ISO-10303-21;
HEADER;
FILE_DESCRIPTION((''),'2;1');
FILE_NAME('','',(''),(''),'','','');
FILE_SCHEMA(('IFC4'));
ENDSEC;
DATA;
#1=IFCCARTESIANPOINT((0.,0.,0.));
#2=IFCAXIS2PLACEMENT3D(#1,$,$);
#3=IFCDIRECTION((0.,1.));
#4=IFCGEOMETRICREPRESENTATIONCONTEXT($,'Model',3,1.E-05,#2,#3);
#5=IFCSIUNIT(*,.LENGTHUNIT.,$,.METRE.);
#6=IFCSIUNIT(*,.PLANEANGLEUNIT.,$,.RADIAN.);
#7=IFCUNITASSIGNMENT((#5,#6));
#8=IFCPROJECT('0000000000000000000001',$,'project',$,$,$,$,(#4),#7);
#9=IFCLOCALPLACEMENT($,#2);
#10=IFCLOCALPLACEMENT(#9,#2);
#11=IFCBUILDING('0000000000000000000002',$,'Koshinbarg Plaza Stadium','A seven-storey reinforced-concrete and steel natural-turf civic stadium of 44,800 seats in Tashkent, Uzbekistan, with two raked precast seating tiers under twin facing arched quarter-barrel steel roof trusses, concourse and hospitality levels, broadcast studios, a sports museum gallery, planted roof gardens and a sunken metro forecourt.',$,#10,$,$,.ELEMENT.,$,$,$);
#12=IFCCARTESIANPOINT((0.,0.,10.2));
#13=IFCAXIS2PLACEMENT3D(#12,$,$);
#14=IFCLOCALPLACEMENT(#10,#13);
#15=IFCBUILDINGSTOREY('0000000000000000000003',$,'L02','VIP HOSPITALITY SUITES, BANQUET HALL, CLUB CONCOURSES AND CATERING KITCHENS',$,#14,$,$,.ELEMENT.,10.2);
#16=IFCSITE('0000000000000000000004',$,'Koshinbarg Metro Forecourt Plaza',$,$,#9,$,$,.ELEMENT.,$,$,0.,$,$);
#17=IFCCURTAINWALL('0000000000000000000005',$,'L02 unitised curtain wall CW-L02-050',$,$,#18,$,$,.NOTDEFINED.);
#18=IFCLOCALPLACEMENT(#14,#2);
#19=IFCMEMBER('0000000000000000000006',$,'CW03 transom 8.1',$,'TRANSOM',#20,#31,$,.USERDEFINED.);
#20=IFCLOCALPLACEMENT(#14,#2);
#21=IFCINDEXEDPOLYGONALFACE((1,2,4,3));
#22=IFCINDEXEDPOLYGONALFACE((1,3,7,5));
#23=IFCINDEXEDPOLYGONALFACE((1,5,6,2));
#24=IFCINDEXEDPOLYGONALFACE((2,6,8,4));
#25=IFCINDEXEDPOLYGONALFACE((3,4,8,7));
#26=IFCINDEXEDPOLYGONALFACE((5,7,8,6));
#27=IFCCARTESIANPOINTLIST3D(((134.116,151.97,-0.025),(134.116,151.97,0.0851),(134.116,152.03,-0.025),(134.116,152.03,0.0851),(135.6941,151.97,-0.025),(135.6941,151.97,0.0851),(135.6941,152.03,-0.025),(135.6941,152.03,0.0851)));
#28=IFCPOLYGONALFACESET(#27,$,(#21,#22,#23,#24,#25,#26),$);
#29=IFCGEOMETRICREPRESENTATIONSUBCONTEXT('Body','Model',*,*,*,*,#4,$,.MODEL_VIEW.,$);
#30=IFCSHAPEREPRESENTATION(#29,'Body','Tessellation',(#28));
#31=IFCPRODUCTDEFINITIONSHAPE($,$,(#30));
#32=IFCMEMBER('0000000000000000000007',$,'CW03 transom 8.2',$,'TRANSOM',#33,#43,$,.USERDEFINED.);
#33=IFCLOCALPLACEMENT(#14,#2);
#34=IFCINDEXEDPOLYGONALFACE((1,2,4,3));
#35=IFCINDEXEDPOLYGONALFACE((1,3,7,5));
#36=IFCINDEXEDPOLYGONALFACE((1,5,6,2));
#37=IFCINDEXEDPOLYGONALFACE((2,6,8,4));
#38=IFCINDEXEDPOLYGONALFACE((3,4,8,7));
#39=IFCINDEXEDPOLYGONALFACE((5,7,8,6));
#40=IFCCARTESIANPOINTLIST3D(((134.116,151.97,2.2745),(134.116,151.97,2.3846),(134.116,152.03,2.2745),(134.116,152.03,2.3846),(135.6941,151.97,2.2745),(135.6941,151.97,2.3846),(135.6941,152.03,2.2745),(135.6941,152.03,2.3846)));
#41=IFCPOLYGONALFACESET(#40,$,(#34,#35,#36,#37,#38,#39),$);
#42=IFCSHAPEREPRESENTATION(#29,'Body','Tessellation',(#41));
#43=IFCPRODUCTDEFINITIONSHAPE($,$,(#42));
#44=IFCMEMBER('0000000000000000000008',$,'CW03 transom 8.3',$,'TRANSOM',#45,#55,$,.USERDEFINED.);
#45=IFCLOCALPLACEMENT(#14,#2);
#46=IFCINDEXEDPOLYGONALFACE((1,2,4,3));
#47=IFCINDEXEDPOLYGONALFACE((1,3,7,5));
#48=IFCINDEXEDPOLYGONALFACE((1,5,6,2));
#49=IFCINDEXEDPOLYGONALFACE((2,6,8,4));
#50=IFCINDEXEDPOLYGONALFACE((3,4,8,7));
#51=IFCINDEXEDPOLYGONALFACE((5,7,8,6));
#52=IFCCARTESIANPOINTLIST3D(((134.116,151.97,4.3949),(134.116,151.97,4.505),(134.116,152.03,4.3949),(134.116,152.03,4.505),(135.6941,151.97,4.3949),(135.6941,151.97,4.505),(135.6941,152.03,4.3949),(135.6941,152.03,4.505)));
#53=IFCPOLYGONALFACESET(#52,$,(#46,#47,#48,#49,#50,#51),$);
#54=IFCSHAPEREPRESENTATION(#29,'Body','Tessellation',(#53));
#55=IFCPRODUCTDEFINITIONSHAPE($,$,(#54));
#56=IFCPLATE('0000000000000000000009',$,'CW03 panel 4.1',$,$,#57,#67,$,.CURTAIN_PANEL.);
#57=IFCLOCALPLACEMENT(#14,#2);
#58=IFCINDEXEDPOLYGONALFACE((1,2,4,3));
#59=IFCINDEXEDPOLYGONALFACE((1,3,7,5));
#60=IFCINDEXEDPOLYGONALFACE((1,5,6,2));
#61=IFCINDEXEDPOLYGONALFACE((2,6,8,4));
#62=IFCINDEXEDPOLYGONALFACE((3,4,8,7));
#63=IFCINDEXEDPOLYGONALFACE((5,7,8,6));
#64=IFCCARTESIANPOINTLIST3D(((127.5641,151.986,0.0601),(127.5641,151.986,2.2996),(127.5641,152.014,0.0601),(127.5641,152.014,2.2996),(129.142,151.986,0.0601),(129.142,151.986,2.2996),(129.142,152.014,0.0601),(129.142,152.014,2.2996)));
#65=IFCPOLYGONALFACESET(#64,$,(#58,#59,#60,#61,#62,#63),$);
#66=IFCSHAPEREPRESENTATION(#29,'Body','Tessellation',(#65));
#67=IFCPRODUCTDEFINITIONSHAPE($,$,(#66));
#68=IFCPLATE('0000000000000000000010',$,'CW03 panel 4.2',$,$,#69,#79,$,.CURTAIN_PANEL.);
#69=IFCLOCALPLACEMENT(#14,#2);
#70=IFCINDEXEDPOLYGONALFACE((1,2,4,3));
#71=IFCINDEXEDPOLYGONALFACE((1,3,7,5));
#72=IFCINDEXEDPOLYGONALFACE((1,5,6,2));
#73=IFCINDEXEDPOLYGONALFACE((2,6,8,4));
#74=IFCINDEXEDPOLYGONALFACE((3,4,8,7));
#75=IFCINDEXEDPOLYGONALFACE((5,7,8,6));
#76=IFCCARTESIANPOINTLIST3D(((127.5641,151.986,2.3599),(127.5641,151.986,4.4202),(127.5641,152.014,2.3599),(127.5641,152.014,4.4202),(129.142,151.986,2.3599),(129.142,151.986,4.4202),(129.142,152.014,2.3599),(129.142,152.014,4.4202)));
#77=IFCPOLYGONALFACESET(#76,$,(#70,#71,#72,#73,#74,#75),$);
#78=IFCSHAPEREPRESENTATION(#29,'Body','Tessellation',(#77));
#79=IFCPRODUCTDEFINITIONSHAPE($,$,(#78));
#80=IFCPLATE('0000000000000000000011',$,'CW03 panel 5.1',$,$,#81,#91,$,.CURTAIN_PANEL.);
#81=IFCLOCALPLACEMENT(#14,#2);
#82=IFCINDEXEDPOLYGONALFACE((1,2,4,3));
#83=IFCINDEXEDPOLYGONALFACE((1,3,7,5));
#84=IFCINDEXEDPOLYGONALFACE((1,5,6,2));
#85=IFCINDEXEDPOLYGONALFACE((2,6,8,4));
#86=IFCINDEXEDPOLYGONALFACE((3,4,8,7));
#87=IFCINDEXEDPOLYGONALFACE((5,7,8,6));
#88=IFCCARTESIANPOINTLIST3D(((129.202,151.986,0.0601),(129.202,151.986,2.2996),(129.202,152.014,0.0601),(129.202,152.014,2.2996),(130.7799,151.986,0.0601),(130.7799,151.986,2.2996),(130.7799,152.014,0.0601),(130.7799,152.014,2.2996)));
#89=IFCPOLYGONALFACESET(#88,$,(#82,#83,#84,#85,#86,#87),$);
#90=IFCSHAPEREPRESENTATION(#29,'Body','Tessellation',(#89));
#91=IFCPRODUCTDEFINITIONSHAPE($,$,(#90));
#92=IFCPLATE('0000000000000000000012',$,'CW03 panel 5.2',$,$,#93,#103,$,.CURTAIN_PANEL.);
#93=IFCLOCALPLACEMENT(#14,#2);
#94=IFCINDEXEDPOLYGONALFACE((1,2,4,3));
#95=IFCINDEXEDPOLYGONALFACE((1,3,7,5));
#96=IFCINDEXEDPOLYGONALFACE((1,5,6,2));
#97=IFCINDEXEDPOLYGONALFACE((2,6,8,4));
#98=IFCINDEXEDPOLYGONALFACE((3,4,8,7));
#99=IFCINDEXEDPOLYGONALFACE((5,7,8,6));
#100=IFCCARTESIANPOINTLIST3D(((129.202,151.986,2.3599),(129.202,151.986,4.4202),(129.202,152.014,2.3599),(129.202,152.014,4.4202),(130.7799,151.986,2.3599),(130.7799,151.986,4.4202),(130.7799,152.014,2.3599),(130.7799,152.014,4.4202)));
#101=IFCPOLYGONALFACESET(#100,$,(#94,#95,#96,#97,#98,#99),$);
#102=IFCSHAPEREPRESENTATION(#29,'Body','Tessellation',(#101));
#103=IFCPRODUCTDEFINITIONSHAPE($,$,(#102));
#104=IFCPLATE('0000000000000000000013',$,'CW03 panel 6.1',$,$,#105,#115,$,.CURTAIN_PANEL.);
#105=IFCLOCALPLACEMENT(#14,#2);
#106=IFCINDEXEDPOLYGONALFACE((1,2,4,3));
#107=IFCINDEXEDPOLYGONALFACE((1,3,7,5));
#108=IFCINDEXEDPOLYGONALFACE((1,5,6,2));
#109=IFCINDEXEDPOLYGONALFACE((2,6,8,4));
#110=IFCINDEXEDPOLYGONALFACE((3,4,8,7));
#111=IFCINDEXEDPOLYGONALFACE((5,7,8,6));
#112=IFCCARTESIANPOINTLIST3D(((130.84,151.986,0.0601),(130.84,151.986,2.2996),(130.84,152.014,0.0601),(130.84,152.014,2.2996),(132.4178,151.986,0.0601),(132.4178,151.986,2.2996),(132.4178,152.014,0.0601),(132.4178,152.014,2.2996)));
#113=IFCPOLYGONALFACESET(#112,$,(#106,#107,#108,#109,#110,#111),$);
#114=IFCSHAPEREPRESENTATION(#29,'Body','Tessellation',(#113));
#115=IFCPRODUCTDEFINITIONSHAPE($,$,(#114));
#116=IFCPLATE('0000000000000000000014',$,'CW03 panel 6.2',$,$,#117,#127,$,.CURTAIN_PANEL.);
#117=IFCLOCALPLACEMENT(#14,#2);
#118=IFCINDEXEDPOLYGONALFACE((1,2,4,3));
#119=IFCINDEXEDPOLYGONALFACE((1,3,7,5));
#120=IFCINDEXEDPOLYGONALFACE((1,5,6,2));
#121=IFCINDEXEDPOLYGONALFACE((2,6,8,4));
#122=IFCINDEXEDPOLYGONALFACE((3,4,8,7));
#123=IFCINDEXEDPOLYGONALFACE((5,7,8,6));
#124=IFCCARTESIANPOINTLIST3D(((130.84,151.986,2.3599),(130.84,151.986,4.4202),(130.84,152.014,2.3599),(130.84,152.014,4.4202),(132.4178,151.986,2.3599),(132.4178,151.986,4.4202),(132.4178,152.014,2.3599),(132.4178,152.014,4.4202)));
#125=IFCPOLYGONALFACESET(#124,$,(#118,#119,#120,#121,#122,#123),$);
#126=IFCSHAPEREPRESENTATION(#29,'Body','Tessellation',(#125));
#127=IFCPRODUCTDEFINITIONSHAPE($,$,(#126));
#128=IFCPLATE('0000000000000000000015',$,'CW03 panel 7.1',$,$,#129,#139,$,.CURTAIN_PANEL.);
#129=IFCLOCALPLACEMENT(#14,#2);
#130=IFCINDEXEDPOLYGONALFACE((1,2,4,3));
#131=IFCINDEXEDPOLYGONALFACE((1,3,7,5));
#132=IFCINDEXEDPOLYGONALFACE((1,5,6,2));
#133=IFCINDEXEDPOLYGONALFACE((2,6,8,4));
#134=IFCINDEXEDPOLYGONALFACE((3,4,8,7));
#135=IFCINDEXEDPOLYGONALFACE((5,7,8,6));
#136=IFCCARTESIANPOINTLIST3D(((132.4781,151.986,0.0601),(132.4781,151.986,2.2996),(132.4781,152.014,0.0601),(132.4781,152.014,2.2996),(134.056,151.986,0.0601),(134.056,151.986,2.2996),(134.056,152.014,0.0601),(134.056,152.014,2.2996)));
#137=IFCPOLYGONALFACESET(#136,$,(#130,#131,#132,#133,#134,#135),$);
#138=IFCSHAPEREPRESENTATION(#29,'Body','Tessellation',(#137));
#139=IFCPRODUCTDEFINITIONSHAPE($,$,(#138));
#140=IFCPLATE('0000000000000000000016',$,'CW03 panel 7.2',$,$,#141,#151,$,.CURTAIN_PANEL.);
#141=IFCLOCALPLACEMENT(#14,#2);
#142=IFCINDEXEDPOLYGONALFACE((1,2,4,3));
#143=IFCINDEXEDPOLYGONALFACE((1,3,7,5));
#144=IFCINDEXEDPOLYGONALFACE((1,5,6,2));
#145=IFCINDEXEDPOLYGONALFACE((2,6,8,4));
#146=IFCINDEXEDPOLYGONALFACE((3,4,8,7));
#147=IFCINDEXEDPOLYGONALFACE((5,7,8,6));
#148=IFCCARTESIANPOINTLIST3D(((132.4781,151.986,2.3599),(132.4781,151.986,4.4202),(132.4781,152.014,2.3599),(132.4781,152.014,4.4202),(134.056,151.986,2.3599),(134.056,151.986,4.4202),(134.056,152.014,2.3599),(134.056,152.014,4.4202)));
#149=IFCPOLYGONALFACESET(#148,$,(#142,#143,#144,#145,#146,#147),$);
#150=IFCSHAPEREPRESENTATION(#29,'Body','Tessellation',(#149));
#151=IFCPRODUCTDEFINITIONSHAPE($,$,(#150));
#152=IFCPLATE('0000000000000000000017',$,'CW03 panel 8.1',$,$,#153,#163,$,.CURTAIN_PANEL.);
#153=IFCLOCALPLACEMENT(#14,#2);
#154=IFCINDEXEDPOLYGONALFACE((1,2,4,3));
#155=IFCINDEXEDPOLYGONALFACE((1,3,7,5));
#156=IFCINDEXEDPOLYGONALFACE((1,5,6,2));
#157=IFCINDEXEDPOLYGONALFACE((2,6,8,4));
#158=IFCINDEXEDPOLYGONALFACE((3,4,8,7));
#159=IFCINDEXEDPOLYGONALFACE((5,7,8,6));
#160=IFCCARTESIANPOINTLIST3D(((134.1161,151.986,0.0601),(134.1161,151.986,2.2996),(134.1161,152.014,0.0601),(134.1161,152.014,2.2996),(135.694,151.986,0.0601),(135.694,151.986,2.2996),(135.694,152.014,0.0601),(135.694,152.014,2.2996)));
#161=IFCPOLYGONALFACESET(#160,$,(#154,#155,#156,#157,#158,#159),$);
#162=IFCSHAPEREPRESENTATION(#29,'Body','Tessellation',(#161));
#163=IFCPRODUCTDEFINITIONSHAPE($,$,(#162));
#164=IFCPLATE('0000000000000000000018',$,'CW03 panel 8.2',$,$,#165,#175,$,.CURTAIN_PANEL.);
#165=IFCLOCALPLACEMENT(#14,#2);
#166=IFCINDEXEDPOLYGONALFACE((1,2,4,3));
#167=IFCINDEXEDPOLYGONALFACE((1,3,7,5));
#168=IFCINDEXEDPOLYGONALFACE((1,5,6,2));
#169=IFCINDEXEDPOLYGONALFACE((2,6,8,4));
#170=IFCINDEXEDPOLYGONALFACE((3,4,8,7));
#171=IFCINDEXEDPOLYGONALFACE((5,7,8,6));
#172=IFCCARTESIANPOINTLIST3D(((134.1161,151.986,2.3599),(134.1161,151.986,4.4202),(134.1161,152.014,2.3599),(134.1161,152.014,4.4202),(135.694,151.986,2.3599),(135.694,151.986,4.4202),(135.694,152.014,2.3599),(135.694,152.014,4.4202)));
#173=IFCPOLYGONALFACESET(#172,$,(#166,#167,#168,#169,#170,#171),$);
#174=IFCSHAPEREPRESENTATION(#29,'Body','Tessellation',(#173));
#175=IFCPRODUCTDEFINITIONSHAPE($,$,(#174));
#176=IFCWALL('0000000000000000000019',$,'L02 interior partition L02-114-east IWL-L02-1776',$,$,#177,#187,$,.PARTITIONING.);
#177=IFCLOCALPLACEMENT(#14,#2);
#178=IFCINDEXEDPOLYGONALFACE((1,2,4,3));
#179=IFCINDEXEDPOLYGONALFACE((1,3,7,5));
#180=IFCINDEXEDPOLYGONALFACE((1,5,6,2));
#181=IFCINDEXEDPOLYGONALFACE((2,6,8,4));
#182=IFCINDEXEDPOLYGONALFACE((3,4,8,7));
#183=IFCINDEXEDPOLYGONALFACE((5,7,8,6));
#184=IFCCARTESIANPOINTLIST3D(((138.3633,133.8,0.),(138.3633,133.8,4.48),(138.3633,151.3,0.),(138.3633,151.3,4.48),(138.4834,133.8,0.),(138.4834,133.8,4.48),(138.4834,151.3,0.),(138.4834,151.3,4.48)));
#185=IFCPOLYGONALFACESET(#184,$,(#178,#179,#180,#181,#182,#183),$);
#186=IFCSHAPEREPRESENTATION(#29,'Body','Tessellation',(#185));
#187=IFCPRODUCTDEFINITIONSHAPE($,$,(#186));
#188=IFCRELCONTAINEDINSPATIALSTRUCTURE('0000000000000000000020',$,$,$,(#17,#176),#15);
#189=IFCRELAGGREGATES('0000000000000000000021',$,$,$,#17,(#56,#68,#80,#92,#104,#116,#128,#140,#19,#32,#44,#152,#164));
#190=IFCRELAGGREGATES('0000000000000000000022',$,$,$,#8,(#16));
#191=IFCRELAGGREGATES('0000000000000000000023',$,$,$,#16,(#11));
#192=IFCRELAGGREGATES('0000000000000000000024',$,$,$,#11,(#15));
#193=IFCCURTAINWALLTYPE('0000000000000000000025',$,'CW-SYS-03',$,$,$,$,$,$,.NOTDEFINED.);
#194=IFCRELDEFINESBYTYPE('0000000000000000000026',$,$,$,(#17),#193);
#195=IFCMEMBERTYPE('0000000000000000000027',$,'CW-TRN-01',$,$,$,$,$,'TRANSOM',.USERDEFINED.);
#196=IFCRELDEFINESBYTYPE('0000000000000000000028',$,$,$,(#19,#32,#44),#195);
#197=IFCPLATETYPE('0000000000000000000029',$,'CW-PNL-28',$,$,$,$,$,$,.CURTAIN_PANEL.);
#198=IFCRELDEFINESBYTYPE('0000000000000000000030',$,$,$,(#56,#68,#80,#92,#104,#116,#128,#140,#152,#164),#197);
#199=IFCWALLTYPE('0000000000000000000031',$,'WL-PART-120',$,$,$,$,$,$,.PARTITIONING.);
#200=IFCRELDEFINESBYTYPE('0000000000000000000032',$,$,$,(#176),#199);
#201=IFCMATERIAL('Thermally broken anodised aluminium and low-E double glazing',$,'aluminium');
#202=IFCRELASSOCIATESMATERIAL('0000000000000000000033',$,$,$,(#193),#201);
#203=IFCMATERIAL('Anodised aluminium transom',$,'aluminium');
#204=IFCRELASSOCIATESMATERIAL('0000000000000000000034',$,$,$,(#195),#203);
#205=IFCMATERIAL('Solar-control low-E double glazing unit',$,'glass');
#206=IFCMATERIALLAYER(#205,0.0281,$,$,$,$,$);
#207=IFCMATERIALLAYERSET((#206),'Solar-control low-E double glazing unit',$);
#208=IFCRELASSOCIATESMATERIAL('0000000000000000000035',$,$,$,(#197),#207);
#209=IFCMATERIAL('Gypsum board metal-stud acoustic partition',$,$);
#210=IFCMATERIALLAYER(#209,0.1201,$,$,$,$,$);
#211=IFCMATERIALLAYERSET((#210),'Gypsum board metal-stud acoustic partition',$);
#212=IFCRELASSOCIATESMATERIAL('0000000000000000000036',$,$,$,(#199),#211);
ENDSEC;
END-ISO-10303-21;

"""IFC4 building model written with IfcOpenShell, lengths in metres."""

from ifc_helpers import new_model, si_unit, direction, frame, frame_2d, origin, origin_2d, place, context, subcontext, project, spatial, rectangle, extrude, material, layer, layer_set, material_profile, profile_set, type_object, element, aggregate, save


model = new_model("IFC4")

# Units and contexts
model_context = context("Model", 3, precision=1e-05, world=origin(), true_north=direction((0.0, 1.0)))
body_context = subcontext(model_context, "Body", "Model", "MODEL_VIEW")
ifc_project = project(units=[si_unit("LENGTHUNIT", "METRE"), si_unit("PLANEANGLEUNIT", "RADIAN")], contexts=[model_context])

# Site, building, storey
site_placement = place(None, origin())
site = spatial("IfcSite", under=ifc_project, at=site_placement, Name="Koshinbarg Metro Forecourt Plaza", CompositionType="ELEMENT", RefElevation=0.0)
building_placement = place(site_placement, origin())
building = spatial("IfcBuilding", under=site, at=building_placement, Name="Koshinbarg Plaza Stadium", Description="A seven-storey reinforced-concrete and steel natural-turf civic stadium of 44,800 seats in Tashkent, Uzbekistan, with two raked precast seating tiers under twin facing arched quarter-barrel steel roof trusses, concourse and hospitality levels, broadcast studios, a sports museum gallery, planted roof gardens and a sunken metro forecourt.", CompositionType="ELEMENT")
storey_placement = place(building_placement, frame((0.0, 0.0, 10.2)))
storey = spatial("IfcBuildingStorey", under=building, at=storey_placement, Name="L02", Description="VIP HOSPITALITY SUITES, BANQUET HALL, CLUB CONCOURSES AND CATERING KITCHENS", CompositionType="ELEMENT", Elevation=10.2)

# Curtain wall, members, plates
ifc_material_1 = material(Name="Thermally broken anodised aluminium and low-E double glazing", Category="aluminium")
curtain_wall_type = type_object("IfcCurtainWallType", Name="CW-SYS-03", PredefinedType="NOTDEFINED", material=ifc_material_1)
curtain_wall_placement = place(storey_placement, origin())
curtain_wall = element("IfcCurtainWall", 1, at=curtain_wall_placement, inside=storey, type_object=curtain_wall_type, Name="L02 unitised curtain wall CW-L02-050", PredefinedType="NOTDEFINED")
ifc_material_2 = material(Name="Anodised aluminium transom", Category="aluminium")
ifc_material_profile_1 = material_profile(ifc_material_2, rectangle(XDim=0.0601, YDim=0.1101, at=origin_2d()), Name="ALU 60x110")
ifc_profile_set_1 = profile_set([ifc_material_profile_1], Name="Anodised aluminium transom")
member_type_1 = type_object("IfcMemberType", Name="CW-TRN-01", ElementType="TRANSOM", PredefinedType="USERDEFINED", material=ifc_profile_set_1)
member_1_placement = place(storey_placement, frame((134.116, 152.0, 0.03), z_axis=(1.0, 0.0, 0.0), x_axis=(0.0, 1.0, 0.0)))
member_1 = element("IfcMember", 2, at=member_1_placement, type_object=member_type_1, Name="CW03 transom 8.1", ObjectType="TRANSOM", PredefinedType="USERDEFINED", context=body_context, shape_type="SweptSolid", body=[
    extrude(rectangle(XDim=0.0601, YDim=0.1101, at=origin_2d()), origin(), (0.0, 0.0, 1.0), 1.5781),
])
member_2_placement = place(storey_placement, frame((134.116, 152.0, 2.3296), z_axis=(1.0, 0.0, 0.0), x_axis=(0.0, 1.0, 0.0)))
member_2 = element("IfcMember", 3, at=member_2_placement, type_object=member_type_1, Name="CW03 transom 8.2", ObjectType="TRANSOM", PredefinedType="USERDEFINED", context=body_context, shape_type="SweptSolid", body=[
    extrude(rectangle(XDim=0.0601, YDim=0.1101, at=origin_2d()), origin(), (0.0, 0.0, 1.0), 1.5781),
])
member_3_placement = place(storey_placement, frame((134.116, 152.0, 4.45), z_axis=(1.0, 0.0, 0.0), x_axis=(0.0, 1.0, 0.0)))
member_3 = element("IfcMember", 4, at=member_3_placement, type_object=member_type_1, Name="CW03 transom 8.3", ObjectType="TRANSOM", PredefinedType="USERDEFINED", context=body_context, shape_type="SweptSolid", body=[
    extrude(rectangle(XDim=0.0601, YDim=0.1101, at=origin_2d()), origin(), (0.0, 0.0, 1.0), 1.5781),
])
ifc_material_3 = material(Name="Solar-control low-E double glazing unit", Category="glass")
ifc_layer_1 = layer(ifc_material_3, 0.0281)
ifc_layer_set_1 = layer_set([ifc_layer_1], Name="Solar-control low-E double glazing unit")
plate_type = type_object("IfcPlateType", Name="CW-PNL-28", PredefinedType="CURTAIN_PANEL", material=ifc_layer_set_1)
plate_1_placement = place(storey_placement, frame((128.353, 152.0, 0.0601), z_axis=(0.0, 0.0, 1.0), x_axis=(1.0, 0.0, 0.0)))
plate_1 = element("IfcPlate", 5, at=plate_1_placement, type_object=plate_type, Name="CW03 panel 4.1", PredefinedType="CURTAIN_PANEL", context=body_context, shape_type="SweptSolid", body=[
    extrude(rectangle(XDim=1.5779, YDim=0.0281, at=origin_2d()), origin(), (0.0, 0.0, 1.0), 2.2395),
])
plate_2_placement = place(storey_placement, frame((128.353, 152.0, 2.3599), z_axis=(0.0, 0.0, 1.0), x_axis=(1.0, 0.0, 0.0)))
plate_2 = element("IfcPlate", 6, at=plate_2_placement, type_object=plate_type, Name="CW03 panel 4.2", PredefinedType="CURTAIN_PANEL", context=body_context, shape_type="SweptSolid", body=[
    extrude(rectangle(XDim=1.5779, YDim=0.0281, at=origin_2d()), origin(), (0.0, 0.0, 1.0), 2.0603),
])
plate_3_placement = place(storey_placement, frame((129.991, 152.0, 0.0601), z_axis=(0.0, 0.0, 1.0), x_axis=(1.0, 0.0, 0.0)))
plate_3 = element("IfcPlate", 7, at=plate_3_placement, type_object=plate_type, Name="CW03 panel 5.1", PredefinedType="CURTAIN_PANEL", context=body_context, shape_type="SweptSolid", body=[
    extrude(rectangle(XDim=1.5779, YDim=0.0281, at=origin_2d()), origin(), (0.0, 0.0, 1.0), 2.2395),
])
plate_4_placement = place(storey_placement, frame((129.991, 152.0, 2.3599), z_axis=(0.0, 0.0, 1.0), x_axis=(1.0, 0.0, 0.0)))
plate_4 = element("IfcPlate", 8, at=plate_4_placement, type_object=plate_type, Name="CW03 panel 5.2", PredefinedType="CURTAIN_PANEL", context=body_context, shape_type="SweptSolid", body=[
    extrude(rectangle(XDim=1.5779, YDim=0.0281, at=origin_2d()), origin(), (0.0, 0.0, 1.0), 2.0603),
])
plate_5_placement = place(storey_placement, frame((131.6289, 152.0, 0.0601), z_axis=(0.0, 0.0, 1.0), x_axis=(1.0, 0.0, 0.0)))
plate_5 = element("IfcPlate", 9, at=plate_5_placement, type_object=plate_type, Name="CW03 panel 6.1", PredefinedType="CURTAIN_PANEL", context=body_context, shape_type="SweptSolid", body=[
    extrude(rectangle(XDim=1.5779, YDim=0.0281, at=origin_2d()), origin(), (0.0, 0.0, 1.0), 2.2395),
])
plate_6_placement = place(storey_placement, frame((131.6289, 152.0, 2.3599), z_axis=(0.0, 0.0, 1.0), x_axis=(1.0, 0.0, 0.0)))
plate_6 = element("IfcPlate", 10, at=plate_6_placement, type_object=plate_type, Name="CW03 panel 6.2", PredefinedType="CURTAIN_PANEL", context=body_context, shape_type="SweptSolid", body=[
    extrude(rectangle(XDim=1.5779, YDim=0.0281, at=origin_2d()), origin(), (0.0, 0.0, 1.0), 2.0603),
])
plate_7_placement = place(storey_placement, frame((133.2671, 152.0, 0.0601), z_axis=(0.0, 0.0, 1.0), x_axis=(1.0, 0.0, 0.0)))
plate_7 = element("IfcPlate", 11, at=plate_7_placement, type_object=plate_type, Name="CW03 panel 7.1", PredefinedType="CURTAIN_PANEL", context=body_context, shape_type="SweptSolid", body=[
    extrude(rectangle(XDim=1.5779, YDim=0.0281, at=origin_2d()), origin(), (0.0, 0.0, 1.0), 2.2395),
])
plate_8_placement = place(storey_placement, frame((133.2671, 152.0, 2.3599), z_axis=(0.0, 0.0, 1.0), x_axis=(1.0, 0.0, 0.0)))
plate_8 = element("IfcPlate", 12, at=plate_8_placement, type_object=plate_type, Name="CW03 panel 7.2", PredefinedType="CURTAIN_PANEL", context=body_context, shape_type="SweptSolid", body=[
    extrude(rectangle(XDim=1.5779, YDim=0.0281, at=origin_2d()), origin(), (0.0, 0.0, 1.0), 2.0603),
])
plate_9_placement = place(storey_placement, frame((134.905, 152.0, 0.0601), z_axis=(0.0, 0.0, 1.0), x_axis=(1.0, 0.0, 0.0)))
plate_9 = element("IfcPlate", 13, at=plate_9_placement, type_object=plate_type, Name="CW03 panel 8.1", PredefinedType="CURTAIN_PANEL", context=body_context, shape_type="SweptSolid", body=[
    extrude(rectangle(XDim=1.5779, YDim=0.0281, at=origin_2d()), origin(), (0.0, 0.0, 1.0), 2.2395),
])
plate_10_placement = place(storey_placement, frame((134.905, 152.0, 2.3599), z_axis=(0.0, 0.0, 1.0), x_axis=(1.0, 0.0, 0.0)))
plate_10 = element("IfcPlate", 14, at=plate_10_placement, type_object=plate_type, Name="CW03 panel 8.2", PredefinedType="CURTAIN_PANEL", context=body_context, shape_type="SweptSolid", body=[
    extrude(rectangle(XDim=1.5779, YDim=0.0281, at=origin_2d()), origin(), (0.0, 0.0, 1.0), 2.0603),
])
aggregate(curtain_wall, [plate_1, plate_2, plate_3, plate_4, plate_5, plate_6, plate_7, plate_8, member_1, member_2, member_3, plate_9, plate_10])

# Wall
ifc_material_4 = material(Name="Gypsum board metal-stud acoustic partition")
ifc_layer_2 = layer(ifc_material_4, 0.1201)
ifc_layer_set_2 = layer_set([ifc_layer_2], Name="Gypsum board metal-stud acoustic partition")
wall_type = type_object("IfcWallType", Name="WL-PART-120", PredefinedType="PARTITIONING", material=ifc_layer_set_2)
wall_1_placement = place(storey_placement, frame((138.4233, 133.8, 0.0), z_axis=(0.0, 0.0, 1.0), x_axis=(0.0, 1.0, 0.0)))
element("IfcWall", 15, at=wall_1_placement, inside=storey, type_object=wall_type, Name="L02 interior partition L02-114-east IWL-L02-1776", PredefinedType="PARTITIONING", context=body_context, shape_type="SweptSolid", body=[
    extrude(rectangle(XDim=17.5, YDim=0.1201, at=frame_2d((8.75, 0.0))), origin(), (0.0, 0.0, 1.0), 4.48),
])

save(model, "model.ifc")
